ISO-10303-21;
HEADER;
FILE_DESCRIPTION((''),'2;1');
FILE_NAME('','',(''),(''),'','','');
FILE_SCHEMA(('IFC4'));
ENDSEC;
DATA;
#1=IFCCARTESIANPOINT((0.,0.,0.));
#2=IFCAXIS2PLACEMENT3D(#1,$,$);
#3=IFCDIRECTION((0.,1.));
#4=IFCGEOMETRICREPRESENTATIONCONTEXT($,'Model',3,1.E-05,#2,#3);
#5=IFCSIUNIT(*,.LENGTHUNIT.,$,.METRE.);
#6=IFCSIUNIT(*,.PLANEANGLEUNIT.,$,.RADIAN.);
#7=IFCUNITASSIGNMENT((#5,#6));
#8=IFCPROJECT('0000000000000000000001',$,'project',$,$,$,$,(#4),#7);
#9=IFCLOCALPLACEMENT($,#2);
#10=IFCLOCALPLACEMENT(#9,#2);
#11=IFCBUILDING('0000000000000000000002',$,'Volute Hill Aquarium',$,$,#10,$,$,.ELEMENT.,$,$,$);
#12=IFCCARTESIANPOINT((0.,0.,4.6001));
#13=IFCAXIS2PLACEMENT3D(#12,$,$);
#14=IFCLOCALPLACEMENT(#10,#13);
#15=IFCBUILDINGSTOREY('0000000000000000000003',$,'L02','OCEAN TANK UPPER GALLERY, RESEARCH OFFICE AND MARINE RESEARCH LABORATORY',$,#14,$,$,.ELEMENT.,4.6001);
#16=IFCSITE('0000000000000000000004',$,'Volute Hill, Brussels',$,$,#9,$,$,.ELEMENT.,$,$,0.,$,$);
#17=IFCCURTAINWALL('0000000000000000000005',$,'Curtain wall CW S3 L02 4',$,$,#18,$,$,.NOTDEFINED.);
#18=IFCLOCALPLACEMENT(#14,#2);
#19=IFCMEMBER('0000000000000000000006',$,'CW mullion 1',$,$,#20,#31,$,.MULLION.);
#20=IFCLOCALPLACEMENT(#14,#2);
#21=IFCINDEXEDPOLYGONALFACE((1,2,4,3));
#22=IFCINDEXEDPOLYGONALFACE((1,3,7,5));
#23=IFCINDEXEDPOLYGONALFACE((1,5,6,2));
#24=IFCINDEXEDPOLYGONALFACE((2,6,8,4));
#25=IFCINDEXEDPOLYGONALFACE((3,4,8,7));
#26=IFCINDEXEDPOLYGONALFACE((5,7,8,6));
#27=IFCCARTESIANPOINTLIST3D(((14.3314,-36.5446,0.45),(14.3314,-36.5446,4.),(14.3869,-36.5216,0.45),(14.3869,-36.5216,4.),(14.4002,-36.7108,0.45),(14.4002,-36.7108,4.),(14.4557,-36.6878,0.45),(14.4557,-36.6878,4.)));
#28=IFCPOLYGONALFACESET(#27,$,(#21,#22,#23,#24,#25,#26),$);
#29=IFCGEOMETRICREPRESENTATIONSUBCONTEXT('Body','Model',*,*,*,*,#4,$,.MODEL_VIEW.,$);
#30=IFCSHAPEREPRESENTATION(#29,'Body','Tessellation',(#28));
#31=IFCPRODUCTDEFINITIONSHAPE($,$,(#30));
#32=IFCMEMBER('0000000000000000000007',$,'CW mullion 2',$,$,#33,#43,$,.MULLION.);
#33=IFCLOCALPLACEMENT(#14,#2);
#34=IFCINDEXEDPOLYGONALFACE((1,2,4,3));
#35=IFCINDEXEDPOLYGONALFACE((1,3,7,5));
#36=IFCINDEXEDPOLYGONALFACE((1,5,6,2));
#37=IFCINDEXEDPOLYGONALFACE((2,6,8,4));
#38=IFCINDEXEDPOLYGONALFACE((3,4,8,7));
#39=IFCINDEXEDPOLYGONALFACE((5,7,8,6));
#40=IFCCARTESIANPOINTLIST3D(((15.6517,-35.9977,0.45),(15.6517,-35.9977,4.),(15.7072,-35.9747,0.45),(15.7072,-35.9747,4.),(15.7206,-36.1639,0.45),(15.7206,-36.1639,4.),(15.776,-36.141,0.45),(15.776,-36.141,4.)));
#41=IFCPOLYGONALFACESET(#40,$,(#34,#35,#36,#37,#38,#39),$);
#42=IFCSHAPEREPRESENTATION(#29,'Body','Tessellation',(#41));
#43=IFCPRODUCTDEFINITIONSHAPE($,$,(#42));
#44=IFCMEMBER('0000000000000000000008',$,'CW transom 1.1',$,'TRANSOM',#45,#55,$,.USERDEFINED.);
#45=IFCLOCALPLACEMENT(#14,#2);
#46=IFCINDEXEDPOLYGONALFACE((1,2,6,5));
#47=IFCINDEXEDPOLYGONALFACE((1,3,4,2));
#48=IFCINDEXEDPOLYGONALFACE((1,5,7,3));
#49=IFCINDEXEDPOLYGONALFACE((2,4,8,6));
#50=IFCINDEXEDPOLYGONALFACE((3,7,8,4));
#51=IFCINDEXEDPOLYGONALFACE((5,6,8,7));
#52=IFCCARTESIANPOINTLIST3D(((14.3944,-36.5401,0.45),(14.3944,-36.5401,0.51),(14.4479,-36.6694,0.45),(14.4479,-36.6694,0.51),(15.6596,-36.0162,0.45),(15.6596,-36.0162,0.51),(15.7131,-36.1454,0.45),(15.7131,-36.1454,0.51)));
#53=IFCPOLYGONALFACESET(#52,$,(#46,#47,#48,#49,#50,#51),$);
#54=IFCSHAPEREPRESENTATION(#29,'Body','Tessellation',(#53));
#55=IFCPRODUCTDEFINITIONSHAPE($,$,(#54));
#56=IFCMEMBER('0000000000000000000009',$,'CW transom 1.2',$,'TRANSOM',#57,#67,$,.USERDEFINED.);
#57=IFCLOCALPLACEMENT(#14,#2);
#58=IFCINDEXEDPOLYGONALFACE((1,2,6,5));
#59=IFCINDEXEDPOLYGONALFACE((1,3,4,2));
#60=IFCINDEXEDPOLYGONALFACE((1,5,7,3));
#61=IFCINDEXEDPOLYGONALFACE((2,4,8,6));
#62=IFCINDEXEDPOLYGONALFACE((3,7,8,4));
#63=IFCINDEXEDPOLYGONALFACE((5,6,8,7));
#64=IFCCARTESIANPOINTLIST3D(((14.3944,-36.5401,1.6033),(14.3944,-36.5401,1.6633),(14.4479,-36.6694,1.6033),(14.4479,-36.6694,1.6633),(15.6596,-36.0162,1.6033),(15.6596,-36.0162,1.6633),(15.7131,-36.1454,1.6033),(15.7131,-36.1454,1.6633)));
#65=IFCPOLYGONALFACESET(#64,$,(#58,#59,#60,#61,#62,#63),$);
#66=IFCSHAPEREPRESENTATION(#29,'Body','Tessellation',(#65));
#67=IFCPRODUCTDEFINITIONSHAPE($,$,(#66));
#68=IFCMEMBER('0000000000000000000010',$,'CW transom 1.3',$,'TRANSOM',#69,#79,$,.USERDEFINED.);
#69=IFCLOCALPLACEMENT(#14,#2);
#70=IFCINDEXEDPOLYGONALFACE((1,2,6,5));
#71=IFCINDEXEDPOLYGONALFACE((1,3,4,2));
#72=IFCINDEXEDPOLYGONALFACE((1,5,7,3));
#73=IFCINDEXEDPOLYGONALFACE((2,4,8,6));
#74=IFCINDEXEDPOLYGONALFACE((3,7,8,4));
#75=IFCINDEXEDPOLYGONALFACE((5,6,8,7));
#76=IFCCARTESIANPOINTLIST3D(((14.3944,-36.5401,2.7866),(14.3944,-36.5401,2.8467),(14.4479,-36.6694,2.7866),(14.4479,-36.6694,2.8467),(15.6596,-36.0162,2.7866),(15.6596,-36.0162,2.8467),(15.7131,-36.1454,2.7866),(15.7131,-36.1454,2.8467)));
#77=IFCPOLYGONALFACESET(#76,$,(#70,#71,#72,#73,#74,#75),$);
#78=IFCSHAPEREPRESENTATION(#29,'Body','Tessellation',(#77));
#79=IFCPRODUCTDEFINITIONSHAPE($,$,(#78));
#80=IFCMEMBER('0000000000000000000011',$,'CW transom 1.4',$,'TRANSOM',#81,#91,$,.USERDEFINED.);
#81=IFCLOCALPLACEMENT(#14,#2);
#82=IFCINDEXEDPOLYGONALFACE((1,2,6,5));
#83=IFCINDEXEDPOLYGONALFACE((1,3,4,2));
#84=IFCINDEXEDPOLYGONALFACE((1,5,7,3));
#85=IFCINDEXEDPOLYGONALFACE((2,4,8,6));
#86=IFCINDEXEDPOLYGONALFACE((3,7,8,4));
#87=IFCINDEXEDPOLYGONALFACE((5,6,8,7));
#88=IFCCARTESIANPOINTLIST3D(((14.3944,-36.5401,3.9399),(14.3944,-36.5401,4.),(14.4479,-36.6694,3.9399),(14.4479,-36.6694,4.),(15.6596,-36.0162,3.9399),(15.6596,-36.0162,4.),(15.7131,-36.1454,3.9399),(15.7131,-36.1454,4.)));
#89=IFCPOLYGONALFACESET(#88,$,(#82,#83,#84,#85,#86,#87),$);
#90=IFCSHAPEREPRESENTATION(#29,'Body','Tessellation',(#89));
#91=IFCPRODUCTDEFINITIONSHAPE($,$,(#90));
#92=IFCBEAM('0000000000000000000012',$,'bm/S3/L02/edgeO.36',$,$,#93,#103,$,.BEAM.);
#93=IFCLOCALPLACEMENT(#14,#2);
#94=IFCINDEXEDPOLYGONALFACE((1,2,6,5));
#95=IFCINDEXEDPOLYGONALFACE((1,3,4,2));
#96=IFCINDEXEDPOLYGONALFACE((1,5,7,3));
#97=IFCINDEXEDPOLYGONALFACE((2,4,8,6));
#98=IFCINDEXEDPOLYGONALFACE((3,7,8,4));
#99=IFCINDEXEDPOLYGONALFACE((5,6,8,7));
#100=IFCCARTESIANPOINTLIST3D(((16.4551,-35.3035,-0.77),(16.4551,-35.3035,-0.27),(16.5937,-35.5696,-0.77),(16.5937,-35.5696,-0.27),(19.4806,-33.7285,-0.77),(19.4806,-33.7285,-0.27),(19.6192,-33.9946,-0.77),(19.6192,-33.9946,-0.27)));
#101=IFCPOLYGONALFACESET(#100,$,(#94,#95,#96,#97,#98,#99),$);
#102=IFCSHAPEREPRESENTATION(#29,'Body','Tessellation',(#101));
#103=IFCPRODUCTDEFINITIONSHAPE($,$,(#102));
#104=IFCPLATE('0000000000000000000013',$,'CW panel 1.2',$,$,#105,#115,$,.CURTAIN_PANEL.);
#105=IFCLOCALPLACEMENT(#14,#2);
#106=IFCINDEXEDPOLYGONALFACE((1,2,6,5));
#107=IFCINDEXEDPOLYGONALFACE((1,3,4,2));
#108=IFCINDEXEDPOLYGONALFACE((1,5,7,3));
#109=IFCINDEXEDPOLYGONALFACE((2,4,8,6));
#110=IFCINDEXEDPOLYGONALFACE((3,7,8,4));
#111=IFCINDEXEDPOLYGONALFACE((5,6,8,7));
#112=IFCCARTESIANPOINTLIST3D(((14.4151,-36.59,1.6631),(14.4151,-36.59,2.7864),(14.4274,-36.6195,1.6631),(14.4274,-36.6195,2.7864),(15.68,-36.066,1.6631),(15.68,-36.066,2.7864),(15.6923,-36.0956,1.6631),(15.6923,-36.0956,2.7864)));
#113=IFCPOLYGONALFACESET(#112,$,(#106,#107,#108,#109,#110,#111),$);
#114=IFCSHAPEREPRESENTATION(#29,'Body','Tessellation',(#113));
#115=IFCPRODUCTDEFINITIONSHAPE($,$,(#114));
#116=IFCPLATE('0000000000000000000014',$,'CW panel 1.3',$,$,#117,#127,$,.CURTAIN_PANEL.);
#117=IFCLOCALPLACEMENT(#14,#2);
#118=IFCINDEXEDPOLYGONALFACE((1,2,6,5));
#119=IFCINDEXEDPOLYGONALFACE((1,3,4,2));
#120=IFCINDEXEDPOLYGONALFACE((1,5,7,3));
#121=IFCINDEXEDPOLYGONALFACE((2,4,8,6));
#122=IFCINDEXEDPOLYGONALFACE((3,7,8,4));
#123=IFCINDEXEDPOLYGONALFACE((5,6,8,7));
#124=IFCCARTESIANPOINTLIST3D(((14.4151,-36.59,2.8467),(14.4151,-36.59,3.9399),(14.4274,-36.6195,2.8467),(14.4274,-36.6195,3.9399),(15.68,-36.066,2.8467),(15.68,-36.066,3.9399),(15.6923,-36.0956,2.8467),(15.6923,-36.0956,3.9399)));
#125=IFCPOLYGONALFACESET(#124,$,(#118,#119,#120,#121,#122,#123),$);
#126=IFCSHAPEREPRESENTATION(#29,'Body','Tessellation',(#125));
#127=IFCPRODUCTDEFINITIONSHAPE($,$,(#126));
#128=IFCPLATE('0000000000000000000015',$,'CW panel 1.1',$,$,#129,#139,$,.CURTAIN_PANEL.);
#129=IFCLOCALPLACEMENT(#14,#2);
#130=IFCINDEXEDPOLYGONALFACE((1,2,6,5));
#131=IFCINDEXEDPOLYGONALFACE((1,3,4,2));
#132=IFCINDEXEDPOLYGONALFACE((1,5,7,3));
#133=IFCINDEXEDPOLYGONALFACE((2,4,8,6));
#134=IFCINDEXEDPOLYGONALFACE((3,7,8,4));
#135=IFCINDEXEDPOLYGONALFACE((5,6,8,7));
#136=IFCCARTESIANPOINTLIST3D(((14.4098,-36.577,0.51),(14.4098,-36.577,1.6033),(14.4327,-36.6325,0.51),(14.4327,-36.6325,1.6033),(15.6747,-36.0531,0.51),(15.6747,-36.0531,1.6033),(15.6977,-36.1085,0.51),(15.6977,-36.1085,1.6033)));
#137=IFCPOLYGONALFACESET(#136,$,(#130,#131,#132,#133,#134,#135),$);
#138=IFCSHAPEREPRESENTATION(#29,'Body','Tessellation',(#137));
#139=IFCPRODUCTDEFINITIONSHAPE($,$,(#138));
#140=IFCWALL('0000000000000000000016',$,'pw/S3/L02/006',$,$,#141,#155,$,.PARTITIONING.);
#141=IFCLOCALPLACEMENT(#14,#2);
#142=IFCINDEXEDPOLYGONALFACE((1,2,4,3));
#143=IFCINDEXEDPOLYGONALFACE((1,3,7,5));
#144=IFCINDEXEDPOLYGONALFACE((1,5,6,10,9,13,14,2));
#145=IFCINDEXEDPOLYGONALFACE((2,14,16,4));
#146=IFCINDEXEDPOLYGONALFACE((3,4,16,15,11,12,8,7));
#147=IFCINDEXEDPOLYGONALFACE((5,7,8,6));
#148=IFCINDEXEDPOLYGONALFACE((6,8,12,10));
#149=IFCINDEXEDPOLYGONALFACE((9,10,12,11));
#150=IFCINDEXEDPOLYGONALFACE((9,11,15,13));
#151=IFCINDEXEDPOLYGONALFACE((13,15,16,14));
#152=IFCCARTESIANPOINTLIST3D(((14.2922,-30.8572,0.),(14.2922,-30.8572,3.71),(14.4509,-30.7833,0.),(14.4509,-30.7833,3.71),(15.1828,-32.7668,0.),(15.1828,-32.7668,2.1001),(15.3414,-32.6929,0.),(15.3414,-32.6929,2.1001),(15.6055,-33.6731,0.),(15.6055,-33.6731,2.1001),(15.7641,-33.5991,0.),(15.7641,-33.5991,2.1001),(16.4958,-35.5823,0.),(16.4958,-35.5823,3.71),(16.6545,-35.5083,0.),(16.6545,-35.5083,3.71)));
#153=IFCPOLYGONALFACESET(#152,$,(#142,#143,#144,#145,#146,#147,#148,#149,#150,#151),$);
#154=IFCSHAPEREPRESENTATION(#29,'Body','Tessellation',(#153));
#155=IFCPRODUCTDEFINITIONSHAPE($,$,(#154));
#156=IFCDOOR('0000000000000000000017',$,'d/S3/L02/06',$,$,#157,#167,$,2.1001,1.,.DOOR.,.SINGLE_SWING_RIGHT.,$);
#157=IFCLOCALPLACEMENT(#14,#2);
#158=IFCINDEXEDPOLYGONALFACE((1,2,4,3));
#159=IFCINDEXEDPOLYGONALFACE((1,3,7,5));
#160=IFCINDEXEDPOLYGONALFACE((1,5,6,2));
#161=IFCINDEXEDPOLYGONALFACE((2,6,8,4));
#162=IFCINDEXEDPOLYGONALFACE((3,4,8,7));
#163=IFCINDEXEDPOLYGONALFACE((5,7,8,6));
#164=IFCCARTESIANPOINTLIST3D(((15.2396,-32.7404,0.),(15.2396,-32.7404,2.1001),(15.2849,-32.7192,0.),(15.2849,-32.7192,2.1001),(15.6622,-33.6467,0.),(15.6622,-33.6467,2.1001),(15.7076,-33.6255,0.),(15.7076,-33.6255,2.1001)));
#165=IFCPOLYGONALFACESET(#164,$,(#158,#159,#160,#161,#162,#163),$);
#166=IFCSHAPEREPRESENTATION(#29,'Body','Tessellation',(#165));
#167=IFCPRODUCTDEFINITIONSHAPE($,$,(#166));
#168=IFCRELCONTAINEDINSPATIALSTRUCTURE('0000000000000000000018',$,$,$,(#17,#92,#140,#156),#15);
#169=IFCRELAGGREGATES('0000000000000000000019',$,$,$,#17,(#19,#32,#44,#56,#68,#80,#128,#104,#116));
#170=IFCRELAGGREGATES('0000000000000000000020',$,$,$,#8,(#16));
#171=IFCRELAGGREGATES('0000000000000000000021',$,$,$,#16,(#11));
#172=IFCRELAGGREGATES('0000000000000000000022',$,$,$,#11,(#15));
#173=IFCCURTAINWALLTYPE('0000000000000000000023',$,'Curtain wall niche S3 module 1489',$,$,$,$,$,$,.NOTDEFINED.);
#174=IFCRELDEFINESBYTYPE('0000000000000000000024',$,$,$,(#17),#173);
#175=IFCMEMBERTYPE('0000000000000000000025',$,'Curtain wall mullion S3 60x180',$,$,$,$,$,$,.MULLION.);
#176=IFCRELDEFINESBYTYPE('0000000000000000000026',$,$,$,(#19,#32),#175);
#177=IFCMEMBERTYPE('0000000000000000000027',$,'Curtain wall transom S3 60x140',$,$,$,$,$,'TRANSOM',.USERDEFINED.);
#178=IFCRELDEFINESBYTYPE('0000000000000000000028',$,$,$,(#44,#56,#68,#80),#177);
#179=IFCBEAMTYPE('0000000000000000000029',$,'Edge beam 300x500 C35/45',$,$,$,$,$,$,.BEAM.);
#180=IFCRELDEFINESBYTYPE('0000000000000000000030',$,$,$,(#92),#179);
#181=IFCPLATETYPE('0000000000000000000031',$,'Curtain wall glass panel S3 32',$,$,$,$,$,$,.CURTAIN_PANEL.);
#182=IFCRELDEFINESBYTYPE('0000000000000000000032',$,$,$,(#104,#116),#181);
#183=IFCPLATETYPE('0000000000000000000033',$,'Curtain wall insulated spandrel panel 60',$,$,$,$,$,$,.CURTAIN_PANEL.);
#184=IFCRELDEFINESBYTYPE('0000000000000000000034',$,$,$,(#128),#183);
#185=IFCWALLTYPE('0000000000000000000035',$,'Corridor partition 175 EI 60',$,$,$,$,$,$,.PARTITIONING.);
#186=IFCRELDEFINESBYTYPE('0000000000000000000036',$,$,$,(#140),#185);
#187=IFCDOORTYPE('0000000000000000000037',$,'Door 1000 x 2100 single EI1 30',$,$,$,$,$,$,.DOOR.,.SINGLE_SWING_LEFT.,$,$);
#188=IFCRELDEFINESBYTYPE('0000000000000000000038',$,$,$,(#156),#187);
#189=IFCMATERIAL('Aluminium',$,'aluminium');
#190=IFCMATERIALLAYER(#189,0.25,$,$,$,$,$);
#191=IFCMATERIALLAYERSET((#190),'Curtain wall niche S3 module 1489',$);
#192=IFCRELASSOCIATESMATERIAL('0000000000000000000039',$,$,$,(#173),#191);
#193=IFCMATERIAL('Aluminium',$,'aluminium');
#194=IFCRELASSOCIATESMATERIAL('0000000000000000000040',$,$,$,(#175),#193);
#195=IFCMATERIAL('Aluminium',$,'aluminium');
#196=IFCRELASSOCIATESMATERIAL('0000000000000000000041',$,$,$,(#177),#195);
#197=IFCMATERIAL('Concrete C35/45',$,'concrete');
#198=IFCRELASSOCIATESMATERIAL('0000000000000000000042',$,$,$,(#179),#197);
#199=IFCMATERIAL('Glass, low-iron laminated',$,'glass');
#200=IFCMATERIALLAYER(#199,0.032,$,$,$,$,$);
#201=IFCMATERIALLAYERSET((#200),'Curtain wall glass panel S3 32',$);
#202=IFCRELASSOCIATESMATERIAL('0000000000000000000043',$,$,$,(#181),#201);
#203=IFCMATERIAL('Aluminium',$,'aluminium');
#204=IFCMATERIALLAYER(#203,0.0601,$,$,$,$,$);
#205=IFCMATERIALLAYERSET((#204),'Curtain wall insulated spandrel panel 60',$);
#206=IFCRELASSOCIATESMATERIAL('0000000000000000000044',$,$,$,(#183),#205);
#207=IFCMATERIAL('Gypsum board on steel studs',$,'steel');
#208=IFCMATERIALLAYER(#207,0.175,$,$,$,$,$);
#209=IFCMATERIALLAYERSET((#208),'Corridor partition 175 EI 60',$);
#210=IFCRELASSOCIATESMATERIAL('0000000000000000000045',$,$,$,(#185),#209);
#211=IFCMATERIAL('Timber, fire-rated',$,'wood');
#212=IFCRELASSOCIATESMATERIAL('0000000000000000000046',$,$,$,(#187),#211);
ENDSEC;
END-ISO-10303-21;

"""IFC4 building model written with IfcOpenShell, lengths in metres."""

from ifc_helpers import new_model, si_unit, direction, frame, frame_2d, origin, origin_2d, place, context, subcontext, project, spatial, rectangle, extrude, material, layer, layer_set, material_profile, profile_set, type_object, element, fill, aggregate, save


model = new_model("IFC4")

# Units and contexts
model_context = context("Model", 3, precision=1e-05, world=origin(), true_north=direction((0.0, 1.0)))
body_context = subcontext(model_context, "Body", "Model", "MODEL_VIEW")
ifc_project = project(units=[si_unit("LENGTHUNIT", "METRE"), si_unit("PLANEANGLEUNIT", "RADIAN")], contexts=[model_context])

# Site, building, storey
site_placement = place(None, origin())
site = spatial("IfcSite", under=ifc_project, at=site_placement, Name="Volute Hill, Brussels", CompositionType="ELEMENT", RefElevation=0.0)
building_placement = place(site_placement, origin())
building = spatial("IfcBuilding", under=site, at=building_placement, Name="Volute Hill Aquarium", CompositionType="ELEMENT")
storey_placement = place(building_placement, frame((0.0, 0.0, 4.6001)))
storey = spatial("IfcBuildingStorey", under=building, at=storey_placement, Name="L02", Description="OCEAN TANK UPPER GALLERY, RESEARCH OFFICE AND MARINE RESEARCH LABORATORY", CompositionType="ELEMENT", Elevation=4.6001)

# Curtain wall, members
ifc_material_1 = material(Name="Aluminium", Category="aluminium")
ifc_layer_1 = layer(ifc_material_1, 0.25)
ifc_layer_set_1 = layer_set([ifc_layer_1], Name="Curtain wall niche S3 module 1489")
curtain_wall_type = type_object("IfcCurtainWallType", Name="Curtain wall niche S3 module 1489", PredefinedType="NOTDEFINED", material=ifc_layer_set_1)
curtain_wall_placement = place(storey_placement, origin())
curtain_wall = element("IfcCurtainWall", 1, at=curtain_wall_placement, inside=storey, type_object=curtain_wall_type, Name="Curtain wall CW S3 L02 4", PredefinedType="NOTDEFINED")
ifc_material_2 = material(Name="Aluminium", Category="aluminium")
ifc_material_profile_1 = material_profile(ifc_material_2, rectangle(XDim=0.1799, YDim=0.0601, at=origin_2d()), Name="Curtain wall mullion S3 60x180")
ifc_profile_set_1 = profile_set([ifc_material_profile_1], Name="Aluminium")
member_type_1 = type_object("IfcMemberType", Name="Curtain wall mullion S3 60x180", PredefinedType="MULLION", material=ifc_profile_set_1)
member_1_placement = place(storey_placement, frame((14.3936, -36.6162, 0.45), z_axis=(0.0, 0.0, 1.0), x_axis=(-0.382693, 0.923876, 0.0)))
member_1 = element("IfcMember", 2, at=member_1_placement, type_object=member_type_1, Name="CW mullion 1", PredefinedType="MULLION", context=body_context, shape_type="SweptSolid", body=[
    extrude(rectangle(XDim=0.1799, YDim=0.0601, at=origin_2d()), origin(), (0.0, 0.0, 1.0), 3.55),
])
member_2_placement = place(storey_placement, frame((15.7139, -36.0693, 0.45), z_axis=(0.0, 0.0, 1.0), x_axis=(-0.382693, 0.923876, 0.0)))
member_2 = element("IfcMember", 3, at=member_2_placement, type_object=member_type_1, Name="CW mullion 2", PredefinedType="MULLION", context=body_context, shape_type="SweptSolid", body=[
    extrude(rectangle(XDim=0.1799, YDim=0.0601, at=origin_2d()), origin(), (0.0, 0.0, 1.0), 3.55),
])
ifc_material_3 = material(Name="Aluminium", Category="aluminium")
ifc_material_profile_2 = material_profile(ifc_material_3, rectangle(XDim=0.1399, YDim=0.0601, at=origin_2d()), Name="Curtain wall transom S3 60x140")
ifc_profile_set_2 = profile_set([ifc_material_profile_2], Name="Aluminium")
member_type_2 = type_object("IfcMemberType", Name="Curtain wall transom S3 60x140", ElementType="TRANSOM", PredefinedType="USERDEFINED", material=ifc_profile_set_2)
member_3_placement = place(storey_placement, frame((14.4211, -36.6047, 0.48), z_axis=(0.923908, 0.382614, 0.0), x_axis=(-0.382614, 0.923908, 0.0)))
member_3 = element("IfcMember", 4, at=member_3_placement, type_object=member_type_2, Name="CW transom 1.1", ObjectType="TRANSOM", PredefinedType="USERDEFINED", context=body_context, shape_type="SweptSolid", body=[
    extrude(rectangle(XDim=0.1399, YDim=0.0601, at=origin_2d()), origin(), (0.0, 0.0, 1.0), 1.3694),
])
member_4_placement = place(storey_placement, frame((14.4211, -36.6047, 1.6333), z_axis=(0.923908, 0.382614, 0.0), x_axis=(-0.382614, 0.923908, 0.0)))
member_4 = element("IfcMember", 5, at=member_4_placement, type_object=member_type_2, Name="CW transom 1.2", ObjectType="TRANSOM", PredefinedType="USERDEFINED", context=body_context, shape_type="SweptSolid", body=[
    extrude(rectangle(XDim=0.1399, YDim=0.0601, at=origin_2d()), origin(), (0.0, 0.0, 1.0), 1.3694),
])
member_5_placement = place(storey_placement, frame((14.4211, -36.6047, 2.8167), z_axis=(0.923908, 0.382614, 0.0), x_axis=(-0.382614, 0.923908, 0.0)))
member_5 = element("IfcMember", 6, at=member_5_placement, type_object=member_type_2, Name="CW transom 1.3", ObjectType="TRANSOM", PredefinedType="USERDEFINED", context=body_context, shape_type="SweptSolid", body=[
    extrude(rectangle(XDim=0.1399, YDim=0.0601, at=origin_2d()), origin(), (0.0, 0.0, 1.0), 1.3694),
])
member_6_placement = place(storey_placement, frame((14.4211, -36.6047, 3.97), z_axis=(0.923908, 0.382614, 0.0), x_axis=(-0.382614, 0.923908, 0.0)))
member_6 = element("IfcMember", 7, at=member_6_placement, type_object=member_type_2, Name="CW transom 1.4", ObjectType="TRANSOM", PredefinedType="USERDEFINED", context=body_context, shape_type="SweptSolid", body=[
    extrude(rectangle(XDim=0.1399, YDim=0.0601, at=origin_2d()), origin(), (0.0, 0.0, 1.0), 1.3694),
])

# Beam
ifc_material_4 = material(Name="Concrete C35/45", Category="concrete")
ifc_material_profile_3 = material_profile(ifc_material_4, rectangle(XDim=0.3, YDim=0.5, at=origin_2d()), Name="RC edge beam 300x500")
ifc_profile_set_3 = profile_set([ifc_material_profile_3], Name="Concrete C35/45")
beam_type = type_object("IfcBeamType", Name="Edge beam 300x500 C35/45", PredefinedType="BEAM", material=ifc_profile_set_3)
beam_placement = place(storey_placement, frame((16.5244, -35.4365, -0.52), z_axis=(0.887007, 0.461756, 0.0), x_axis=(-0.461756, 0.887007, 0.0)))
element("IfcBeam", 8, at=beam_placement, inside=storey, type_object=beam_type, Name="bm/S3/L02/edgeO.36", PredefinedType="BEAM", context=body_context, shape_type="SweptSolid", body=[
    extrude(rectangle(XDim=0.3, YDim=0.5, at=origin_2d()), origin(), (0.0, 0.0, 1.0), 3.4109),
])

# Plates
ifc_material_5 = material(Name="Glass, low-iron laminated", Category="glass")
ifc_layer_2 = layer(ifc_material_5, 0.032)
ifc_layer_set_2 = layer_set([ifc_layer_2], Name="Curtain wall glass panel S3 32")
plate_type_1 = type_object("IfcPlateType", Name="Curtain wall glass panel S3 32", PredefinedType="CURTAIN_PANEL", material=ifc_layer_set_2)
plate_1_placement = place(storey_placement, frame((15.0537, -36.3428, 1.6631), z_axis=(0.0, 0.0, 1.0), x_axis=(0.923876, 0.382693, 0.0)))
plate_1 = element("IfcPlate", 9, at=plate_1_placement, type_object=plate_type_1, Name="CW panel 1.2", PredefinedType="CURTAIN_PANEL", context=body_context, shape_type="SweptSolid", body=[
    extrude(rectangle(XDim=1.3691, YDim=0.032, at=origin_2d()), origin(), (0.0, 0.0, 1.0), 1.1233),
])
plate_2_placement = place(storey_placement, frame((15.0537, -36.3428, 2.8467), z_axis=(0.0, 0.0, 1.0), x_axis=(0.923876, 0.382693, 0.0)))
plate_2 = element("IfcPlate", 10, at=plate_2_placement, type_object=plate_type_1, Name="CW panel 1.3", PredefinedType="CURTAIN_PANEL", context=body_context, shape_type="SweptSolid", body=[
    extrude(rectangle(XDim=1.3691, YDim=0.032, at=origin_2d()), origin(), (0.0, 0.0, 1.0), 1.0933),
])
ifc_material_6 = material(Name="Aluminium", Category="aluminium")
ifc_layer_3 = layer(ifc_material_6, 0.0601)
ifc_layer_set_3 = layer_set([ifc_layer_3], Name="Curtain wall insulated spandrel panel 60")
plate_type_2 = type_object("IfcPlateType", Name="Curtain wall insulated spandrel panel 60", PredefinedType="CURTAIN_PANEL", material=ifc_layer_set_3)
plate_3_placement = place(storey_placement, frame((15.0537, -36.3428, 0.51), z_axis=(0.0, 0.0, 1.0), x_axis=(0.923876, 0.382693, 0.0)))
plate_3 = element("IfcPlate", 11, at=plate_3_placement, type_object=plate_type_2, Name="CW panel 1.1", PredefinedType="CURTAIN_PANEL", context=body_context, shape_type="SweptSolid", body=[
    extrude(rectangle(XDim=1.3691, YDim=0.0601, at=origin_2d()), origin(), (0.0, 0.0, 1.0), 1.0933),
])
aggregate(curtain_wall, [member_1, member_2, member_3, member_4, member_5, member_6, plate_3, plate_1, plate_2])

# Wall, opening, door
ifc_material_7 = material(Name="Gypsum board on steel studs", Category="steel")
ifc_layer_4 = layer(ifc_material_7, 0.175)
ifc_layer_set_4 = layer_set([ifc_layer_4], Name="Corridor partition 175 EI 60")
wall_type = type_object("IfcWallType", Name="Corridor partition 175 EI 60", PredefinedType="PARTITIONING", material=ifc_layer_set_4)
wall_placement = place(storey_placement, frame((16.5752, -35.5454, 0.0), z_axis=(0.0, 0.0, 1.0), x_axis=(-0.42266, 0.906288, 0.0)))
wall = element("IfcWall", 12, at=wall_placement, inside=storey, type_object=wall_type, Name="pw/S3/L02/006", PredefinedType="PARTITIONING", context=body_context, shape_type="SweptSolid", body=[
    extrude(rectangle(XDim=5.2136, YDim=0.175, at=frame_2d((2.6069, 0.0))), origin(), (0.0, 0.0, 1.0), 3.71),
])
opening_placement = place(wall_placement, frame((2.1067, 0.0, 0.0)))
opening = element("IfcOpeningElement", 13, at=opening_placement, cuts=wall, PredefinedType="OPENING", context=body_context, shape_type="SweptSolid", body=[
    extrude(rectangle(XDim=1.0, YDim=2.1001, at=frame_2d((0.5, 1.05))), frame((0.0, 0.0974, 0.0), z_axis=(0.0, -1.0, 0.0), x_axis=(1.0, 0.0, 0.0)), (0.0, 0.0, 1.0), 0.1951),
])
ifc_material_8 = material(Name="Timber, fire-rated", Category="wood")
door_type = type_object("IfcDoorType", Name="Door 1000 x 2100 single EI1 30", OperationType="SINGLE_SWING_LEFT", PredefinedType="DOOR", material=ifc_material_8)
door_placement = place(opening_placement, origin())
door = element("IfcDoor", 14, at=door_placement, inside=storey, type_object=door_type, Name="d/S3/L02/06", OperationType="SINGLE_SWING_RIGHT", OverallHeight=2.1001, OverallWidth=1.0, PredefinedType="DOOR", context=body_context, shape_type="SweptSolid", body=[
    extrude(rectangle(XDim=1.0, YDim=2.1001, at=frame_2d((0.5, 1.05))), frame((0.0, 0.0249, 0.0), z_axis=(0.0, -1.0, 0.0), x_axis=(1.0, 0.0, 0.0)), (0.0, 0.0, 1.0), 0.05),
])
fill(opening, door)

save(model, "model.ifc")
